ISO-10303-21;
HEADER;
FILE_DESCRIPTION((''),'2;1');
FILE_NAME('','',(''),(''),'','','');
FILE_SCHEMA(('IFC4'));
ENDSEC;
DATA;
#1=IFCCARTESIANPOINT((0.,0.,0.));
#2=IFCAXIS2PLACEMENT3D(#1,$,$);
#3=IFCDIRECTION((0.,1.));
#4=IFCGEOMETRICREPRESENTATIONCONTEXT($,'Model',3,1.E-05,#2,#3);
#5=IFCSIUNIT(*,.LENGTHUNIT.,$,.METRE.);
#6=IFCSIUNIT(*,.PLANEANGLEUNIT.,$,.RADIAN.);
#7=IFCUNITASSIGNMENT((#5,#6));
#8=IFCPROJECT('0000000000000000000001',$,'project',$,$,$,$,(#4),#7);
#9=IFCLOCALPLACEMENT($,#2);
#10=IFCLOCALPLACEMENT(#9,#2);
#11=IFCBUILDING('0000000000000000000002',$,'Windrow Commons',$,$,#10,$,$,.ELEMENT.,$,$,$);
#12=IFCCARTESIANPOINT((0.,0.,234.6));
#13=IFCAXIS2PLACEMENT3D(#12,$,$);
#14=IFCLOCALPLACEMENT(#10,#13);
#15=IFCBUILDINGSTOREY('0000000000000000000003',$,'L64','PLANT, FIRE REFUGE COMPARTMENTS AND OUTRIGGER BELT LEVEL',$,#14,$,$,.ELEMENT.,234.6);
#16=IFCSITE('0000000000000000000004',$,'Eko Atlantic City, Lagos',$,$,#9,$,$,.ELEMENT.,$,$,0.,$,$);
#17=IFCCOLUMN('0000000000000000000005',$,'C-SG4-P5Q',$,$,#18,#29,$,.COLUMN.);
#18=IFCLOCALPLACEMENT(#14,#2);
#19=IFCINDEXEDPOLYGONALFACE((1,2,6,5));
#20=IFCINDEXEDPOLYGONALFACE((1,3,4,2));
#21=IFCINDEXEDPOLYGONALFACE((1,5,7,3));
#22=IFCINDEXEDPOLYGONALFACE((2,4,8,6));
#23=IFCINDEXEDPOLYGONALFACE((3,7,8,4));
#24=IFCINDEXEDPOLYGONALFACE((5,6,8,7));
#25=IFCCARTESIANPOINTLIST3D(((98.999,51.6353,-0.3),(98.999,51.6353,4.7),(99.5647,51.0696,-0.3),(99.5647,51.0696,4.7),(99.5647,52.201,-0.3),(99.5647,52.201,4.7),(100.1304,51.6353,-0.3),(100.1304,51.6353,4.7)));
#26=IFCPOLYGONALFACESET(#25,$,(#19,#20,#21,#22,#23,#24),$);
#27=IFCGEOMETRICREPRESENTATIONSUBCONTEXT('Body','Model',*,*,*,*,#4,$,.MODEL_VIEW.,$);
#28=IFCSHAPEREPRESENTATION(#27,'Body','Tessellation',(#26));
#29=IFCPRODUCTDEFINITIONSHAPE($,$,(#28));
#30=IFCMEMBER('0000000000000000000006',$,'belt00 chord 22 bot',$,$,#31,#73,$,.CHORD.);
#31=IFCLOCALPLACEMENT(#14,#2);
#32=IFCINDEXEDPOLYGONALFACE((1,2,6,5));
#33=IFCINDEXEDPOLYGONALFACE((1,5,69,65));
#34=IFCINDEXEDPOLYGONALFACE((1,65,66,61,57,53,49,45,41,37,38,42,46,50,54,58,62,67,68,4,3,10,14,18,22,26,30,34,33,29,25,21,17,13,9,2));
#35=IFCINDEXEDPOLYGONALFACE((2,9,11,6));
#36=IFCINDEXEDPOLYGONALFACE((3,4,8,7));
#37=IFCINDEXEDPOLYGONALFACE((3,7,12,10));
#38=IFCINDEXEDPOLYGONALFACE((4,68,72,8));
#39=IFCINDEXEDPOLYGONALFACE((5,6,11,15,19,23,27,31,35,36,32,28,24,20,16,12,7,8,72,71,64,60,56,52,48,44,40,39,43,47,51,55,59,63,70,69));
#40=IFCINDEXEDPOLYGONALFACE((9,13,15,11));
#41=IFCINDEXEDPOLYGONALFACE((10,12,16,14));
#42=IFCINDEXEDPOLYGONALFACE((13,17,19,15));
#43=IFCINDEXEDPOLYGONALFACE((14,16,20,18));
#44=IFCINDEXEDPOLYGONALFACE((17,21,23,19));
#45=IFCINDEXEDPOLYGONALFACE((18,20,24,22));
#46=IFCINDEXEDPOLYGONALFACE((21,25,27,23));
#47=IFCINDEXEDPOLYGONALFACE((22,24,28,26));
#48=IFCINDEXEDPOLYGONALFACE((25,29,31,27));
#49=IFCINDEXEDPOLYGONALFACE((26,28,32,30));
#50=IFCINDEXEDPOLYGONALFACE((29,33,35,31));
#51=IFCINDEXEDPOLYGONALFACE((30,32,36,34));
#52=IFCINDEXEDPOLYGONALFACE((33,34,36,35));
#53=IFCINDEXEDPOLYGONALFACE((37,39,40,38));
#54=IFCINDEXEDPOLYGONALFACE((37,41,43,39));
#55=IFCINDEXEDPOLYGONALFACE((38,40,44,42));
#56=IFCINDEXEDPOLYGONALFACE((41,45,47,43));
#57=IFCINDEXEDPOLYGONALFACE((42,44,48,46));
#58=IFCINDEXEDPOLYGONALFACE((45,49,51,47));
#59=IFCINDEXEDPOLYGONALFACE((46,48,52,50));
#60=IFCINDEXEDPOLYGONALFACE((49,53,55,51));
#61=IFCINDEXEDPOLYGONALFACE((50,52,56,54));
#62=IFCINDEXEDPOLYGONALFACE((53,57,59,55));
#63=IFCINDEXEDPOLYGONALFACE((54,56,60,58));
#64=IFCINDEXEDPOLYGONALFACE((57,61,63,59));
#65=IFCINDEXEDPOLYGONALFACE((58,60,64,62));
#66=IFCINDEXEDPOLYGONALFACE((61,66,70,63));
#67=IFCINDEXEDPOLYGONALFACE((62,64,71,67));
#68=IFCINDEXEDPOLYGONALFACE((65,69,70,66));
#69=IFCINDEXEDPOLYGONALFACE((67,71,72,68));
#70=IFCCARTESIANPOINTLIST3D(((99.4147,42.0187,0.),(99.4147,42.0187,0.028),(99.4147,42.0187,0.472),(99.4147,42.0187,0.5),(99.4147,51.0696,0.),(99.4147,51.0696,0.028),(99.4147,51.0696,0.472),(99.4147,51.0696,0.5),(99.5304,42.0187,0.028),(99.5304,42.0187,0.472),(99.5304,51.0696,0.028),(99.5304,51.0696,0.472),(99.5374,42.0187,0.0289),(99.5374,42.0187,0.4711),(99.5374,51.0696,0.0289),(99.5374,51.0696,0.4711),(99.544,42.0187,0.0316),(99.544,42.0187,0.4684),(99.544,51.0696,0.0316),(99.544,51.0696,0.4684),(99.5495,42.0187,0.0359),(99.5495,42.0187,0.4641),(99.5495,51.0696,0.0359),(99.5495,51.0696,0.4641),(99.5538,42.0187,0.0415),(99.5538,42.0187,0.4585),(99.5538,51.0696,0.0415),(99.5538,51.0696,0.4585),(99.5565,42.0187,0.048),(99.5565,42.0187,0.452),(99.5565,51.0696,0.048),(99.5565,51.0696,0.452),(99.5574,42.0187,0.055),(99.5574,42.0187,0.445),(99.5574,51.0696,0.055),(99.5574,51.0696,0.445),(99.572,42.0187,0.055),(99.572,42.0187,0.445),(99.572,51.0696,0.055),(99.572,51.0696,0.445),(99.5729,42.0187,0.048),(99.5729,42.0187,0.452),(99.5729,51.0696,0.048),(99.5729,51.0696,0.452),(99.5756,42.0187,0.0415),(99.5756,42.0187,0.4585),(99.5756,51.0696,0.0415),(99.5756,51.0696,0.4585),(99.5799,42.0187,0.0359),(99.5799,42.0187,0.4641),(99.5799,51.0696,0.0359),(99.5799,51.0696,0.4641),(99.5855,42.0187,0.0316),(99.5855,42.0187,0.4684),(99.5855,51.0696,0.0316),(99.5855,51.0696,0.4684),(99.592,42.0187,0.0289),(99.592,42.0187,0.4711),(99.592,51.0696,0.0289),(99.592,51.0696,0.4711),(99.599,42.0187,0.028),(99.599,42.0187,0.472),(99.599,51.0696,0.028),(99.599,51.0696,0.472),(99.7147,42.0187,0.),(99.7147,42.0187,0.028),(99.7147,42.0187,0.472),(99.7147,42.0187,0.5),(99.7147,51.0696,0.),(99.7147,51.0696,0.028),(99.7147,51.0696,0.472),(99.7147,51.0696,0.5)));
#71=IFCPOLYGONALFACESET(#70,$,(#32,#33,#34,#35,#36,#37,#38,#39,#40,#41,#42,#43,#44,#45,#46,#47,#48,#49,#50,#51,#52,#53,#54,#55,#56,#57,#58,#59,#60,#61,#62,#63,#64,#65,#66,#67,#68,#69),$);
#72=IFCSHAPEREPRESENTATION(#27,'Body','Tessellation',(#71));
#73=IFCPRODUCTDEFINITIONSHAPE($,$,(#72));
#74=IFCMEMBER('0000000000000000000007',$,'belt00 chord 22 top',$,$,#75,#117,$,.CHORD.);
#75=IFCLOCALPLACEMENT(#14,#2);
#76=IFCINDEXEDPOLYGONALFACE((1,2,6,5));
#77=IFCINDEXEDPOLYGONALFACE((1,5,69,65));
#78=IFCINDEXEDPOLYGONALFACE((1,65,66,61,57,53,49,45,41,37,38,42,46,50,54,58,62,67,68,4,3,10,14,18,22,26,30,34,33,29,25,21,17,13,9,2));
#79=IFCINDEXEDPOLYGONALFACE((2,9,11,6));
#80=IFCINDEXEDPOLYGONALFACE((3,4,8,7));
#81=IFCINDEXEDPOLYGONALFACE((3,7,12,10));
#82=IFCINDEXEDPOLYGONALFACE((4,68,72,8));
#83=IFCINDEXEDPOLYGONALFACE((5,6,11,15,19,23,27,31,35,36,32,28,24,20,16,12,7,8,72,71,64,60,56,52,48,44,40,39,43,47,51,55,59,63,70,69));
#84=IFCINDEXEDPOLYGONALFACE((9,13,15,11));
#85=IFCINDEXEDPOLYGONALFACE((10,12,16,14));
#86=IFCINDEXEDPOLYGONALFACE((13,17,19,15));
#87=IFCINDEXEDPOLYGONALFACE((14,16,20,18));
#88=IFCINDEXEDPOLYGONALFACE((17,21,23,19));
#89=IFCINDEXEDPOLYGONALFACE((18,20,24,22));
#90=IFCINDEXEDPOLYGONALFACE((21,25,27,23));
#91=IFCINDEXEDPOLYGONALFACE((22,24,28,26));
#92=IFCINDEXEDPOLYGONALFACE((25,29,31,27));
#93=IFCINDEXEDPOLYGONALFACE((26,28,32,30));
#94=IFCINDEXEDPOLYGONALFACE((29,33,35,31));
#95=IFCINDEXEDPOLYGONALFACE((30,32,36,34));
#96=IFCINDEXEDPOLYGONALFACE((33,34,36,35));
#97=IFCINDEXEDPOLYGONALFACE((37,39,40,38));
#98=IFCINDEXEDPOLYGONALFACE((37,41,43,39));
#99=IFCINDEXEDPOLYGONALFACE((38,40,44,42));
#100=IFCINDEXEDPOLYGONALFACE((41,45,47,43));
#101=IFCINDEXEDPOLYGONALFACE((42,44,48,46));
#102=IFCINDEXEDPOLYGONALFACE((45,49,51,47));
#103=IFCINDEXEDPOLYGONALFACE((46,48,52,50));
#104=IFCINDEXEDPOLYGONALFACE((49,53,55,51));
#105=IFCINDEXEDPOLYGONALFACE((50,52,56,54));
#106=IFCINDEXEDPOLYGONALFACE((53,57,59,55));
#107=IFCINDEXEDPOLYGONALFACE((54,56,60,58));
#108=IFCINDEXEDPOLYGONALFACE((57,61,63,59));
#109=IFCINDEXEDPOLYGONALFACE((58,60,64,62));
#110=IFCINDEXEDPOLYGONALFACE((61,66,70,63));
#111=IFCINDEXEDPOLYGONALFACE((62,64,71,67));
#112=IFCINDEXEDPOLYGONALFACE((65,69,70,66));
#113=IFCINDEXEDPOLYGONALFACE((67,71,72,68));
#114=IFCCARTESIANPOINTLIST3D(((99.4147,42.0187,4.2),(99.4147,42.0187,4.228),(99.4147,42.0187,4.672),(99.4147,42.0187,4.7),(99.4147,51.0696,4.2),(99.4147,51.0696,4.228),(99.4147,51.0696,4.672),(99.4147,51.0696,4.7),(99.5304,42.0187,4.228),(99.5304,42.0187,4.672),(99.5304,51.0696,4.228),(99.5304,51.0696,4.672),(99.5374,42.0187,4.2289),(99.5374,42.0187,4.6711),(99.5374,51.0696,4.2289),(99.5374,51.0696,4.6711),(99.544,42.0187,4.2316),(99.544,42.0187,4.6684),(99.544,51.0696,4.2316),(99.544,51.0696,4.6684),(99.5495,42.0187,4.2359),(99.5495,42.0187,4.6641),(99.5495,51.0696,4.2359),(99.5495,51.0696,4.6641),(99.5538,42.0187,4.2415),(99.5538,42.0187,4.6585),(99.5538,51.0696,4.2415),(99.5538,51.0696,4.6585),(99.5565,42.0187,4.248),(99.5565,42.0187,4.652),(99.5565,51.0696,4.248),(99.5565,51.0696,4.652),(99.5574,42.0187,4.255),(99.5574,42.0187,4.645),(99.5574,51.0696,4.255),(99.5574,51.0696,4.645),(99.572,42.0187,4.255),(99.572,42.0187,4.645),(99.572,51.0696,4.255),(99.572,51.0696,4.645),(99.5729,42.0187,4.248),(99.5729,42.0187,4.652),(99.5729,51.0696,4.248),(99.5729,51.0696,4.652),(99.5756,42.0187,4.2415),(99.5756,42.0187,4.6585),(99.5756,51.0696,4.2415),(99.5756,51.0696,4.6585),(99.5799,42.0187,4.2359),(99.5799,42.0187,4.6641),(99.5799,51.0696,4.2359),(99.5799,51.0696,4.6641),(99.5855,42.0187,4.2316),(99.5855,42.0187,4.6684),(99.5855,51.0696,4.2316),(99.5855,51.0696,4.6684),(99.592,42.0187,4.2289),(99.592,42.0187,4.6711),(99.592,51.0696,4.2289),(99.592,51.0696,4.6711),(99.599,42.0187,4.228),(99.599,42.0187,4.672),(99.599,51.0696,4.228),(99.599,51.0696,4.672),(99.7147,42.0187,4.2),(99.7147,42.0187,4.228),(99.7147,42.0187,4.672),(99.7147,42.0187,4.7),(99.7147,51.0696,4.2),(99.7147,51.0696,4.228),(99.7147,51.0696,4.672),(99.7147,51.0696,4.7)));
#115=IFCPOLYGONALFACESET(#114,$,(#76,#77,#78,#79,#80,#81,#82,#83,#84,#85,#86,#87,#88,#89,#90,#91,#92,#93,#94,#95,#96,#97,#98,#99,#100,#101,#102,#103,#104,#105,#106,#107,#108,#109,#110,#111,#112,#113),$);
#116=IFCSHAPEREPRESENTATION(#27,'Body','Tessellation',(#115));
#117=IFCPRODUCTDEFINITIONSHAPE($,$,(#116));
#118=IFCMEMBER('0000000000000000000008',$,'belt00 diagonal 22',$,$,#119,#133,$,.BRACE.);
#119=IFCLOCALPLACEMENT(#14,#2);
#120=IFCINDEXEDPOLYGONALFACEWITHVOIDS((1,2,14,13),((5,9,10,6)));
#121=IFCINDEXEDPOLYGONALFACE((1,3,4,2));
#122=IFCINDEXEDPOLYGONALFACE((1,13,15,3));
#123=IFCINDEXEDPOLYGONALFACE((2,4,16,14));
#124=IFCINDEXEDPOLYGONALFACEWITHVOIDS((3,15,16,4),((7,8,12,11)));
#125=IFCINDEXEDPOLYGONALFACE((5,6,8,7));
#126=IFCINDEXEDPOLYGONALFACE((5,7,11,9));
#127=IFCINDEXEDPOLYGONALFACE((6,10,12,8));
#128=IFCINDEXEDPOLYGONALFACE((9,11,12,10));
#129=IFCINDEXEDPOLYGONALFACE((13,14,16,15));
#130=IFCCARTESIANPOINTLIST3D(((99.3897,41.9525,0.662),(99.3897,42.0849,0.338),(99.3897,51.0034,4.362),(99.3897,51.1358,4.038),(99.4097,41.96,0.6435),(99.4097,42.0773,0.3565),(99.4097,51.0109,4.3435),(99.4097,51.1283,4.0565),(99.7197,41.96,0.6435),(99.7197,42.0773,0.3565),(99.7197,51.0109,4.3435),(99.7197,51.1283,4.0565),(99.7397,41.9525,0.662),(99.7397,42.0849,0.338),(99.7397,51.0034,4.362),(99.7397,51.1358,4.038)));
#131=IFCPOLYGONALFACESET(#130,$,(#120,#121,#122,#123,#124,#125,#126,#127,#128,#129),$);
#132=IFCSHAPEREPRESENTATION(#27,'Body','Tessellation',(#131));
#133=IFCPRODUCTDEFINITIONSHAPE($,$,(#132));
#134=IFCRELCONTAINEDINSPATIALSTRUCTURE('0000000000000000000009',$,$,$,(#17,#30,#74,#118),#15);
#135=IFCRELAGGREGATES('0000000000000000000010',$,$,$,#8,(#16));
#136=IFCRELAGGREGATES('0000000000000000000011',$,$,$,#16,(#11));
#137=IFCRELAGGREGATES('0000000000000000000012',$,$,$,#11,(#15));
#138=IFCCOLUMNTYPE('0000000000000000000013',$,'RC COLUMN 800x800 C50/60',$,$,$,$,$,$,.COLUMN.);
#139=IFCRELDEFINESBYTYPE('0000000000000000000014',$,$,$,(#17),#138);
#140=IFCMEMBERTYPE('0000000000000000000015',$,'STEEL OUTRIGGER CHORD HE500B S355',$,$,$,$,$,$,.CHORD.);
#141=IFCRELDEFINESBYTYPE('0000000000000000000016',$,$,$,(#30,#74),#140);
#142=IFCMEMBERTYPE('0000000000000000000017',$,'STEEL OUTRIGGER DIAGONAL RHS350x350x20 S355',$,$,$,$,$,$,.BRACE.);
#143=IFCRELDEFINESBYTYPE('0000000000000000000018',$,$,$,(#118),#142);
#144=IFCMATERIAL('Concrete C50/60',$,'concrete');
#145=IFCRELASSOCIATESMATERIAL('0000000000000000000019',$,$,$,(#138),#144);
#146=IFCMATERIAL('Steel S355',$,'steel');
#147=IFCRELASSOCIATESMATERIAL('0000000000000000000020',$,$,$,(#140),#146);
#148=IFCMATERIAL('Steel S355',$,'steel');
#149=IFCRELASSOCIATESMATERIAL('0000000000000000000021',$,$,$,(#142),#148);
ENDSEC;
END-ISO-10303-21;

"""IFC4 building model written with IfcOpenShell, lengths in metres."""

from ifc_helpers import new_model, si_unit, direction, frame, origin, origin_2d, place, context, subcontext, project, spatial, rectangle, hollow_rectangle, i_section, extrude, material, material_profile, profile_set, type_object, element, save


model = new_model("IFC4")

# Units and contexts
model_context = context("Model", 3, precision=1e-05, world=origin(), true_north=direction((0.0, 1.0)))
body_context = subcontext(model_context, "Body", "Model", "MODEL_VIEW")
ifc_project = project(units=[si_unit("LENGTHUNIT", "METRE"), si_unit("PLANEANGLEUNIT", "RADIAN")], contexts=[model_context])

# Site, building, storey
site_placement = place(None, origin())
site = spatial("IfcSite", under=ifc_project, at=site_placement, Name="Eko Atlantic City, Lagos", CompositionType="ELEMENT", RefElevation=0.0)
building_placement = place(site_placement, origin())
building = spatial("IfcBuilding", under=site, at=building_placement, Name="Windrow Commons", CompositionType="ELEMENT")
storey_placement = place(building_placement, frame((0.0, 0.0, 234.6)))
storey = spatial("IfcBuildingStorey", under=building, at=storey_placement, Name="L64", Description="PLANT, FIRE REFUGE COMPARTMENTS AND OUTRIGGER BELT LEVEL", CompositionType="ELEMENT", Elevation=234.6)

# Column
ifc_material_1 = material(Name="Concrete C50/60", Category="concrete")
ifc_material_profile_1 = material_profile(ifc_material_1, rectangle(XDim=0.8, YDim=0.8, at=origin_2d()))
ifc_profile_set_1 = profile_set([ifc_material_profile_1], Name="Concrete C50/60")
column_type = type_object("IfcColumnType", Name="RC COLUMN 800x800 C50/60", PredefinedType="COLUMN", material=ifc_profile_set_1)
column_placement = place(storey_placement, frame((99.5647, 51.6353, -0.3), z_axis=(0.0, 0.0, 1.0), x_axis=(0.707107, -0.707107, 0.0)))
element("IfcColumn", 1, at=column_placement, inside=storey, type_object=column_type, Name="C-SG4-P5Q", PredefinedType="COLUMN", context=body_context, shape_type="SweptSolid", body=[
    extrude(rectangle(XDim=0.8, YDim=0.8, at=origin_2d()), origin(), (0.0, 0.0, 1.0), 5.0),
])

# Members
ifc_material_2 = material(Name="Steel S355", Category="steel")
ifc_material_profile_2 = material_profile(ifc_material_2, i_section(OverallWidth=0.3, OverallDepth=0.5, WebThickness=0.0145, FlangeThickness=0.028, FilletRadius=0.027, at=origin_2d()))
ifc_profile_set_2 = profile_set([ifc_material_profile_2], Name="Steel S355")
member_type_1 = type_object("IfcMemberType", Name="STEEL OUTRIGGER CHORD HE500B S355", PredefinedType="CHORD", material=ifc_profile_set_2)
for number, where, z_axis, x_axis, name in (
    (2, (99.5647, 51.0696, 0.25), (0.0, -1.0, 0.0), (1.0, 0.0, 0.0), "belt00 chord 22 bot"),
    (3, (99.5647, 51.0696, 4.45), (0.0, -1.0, 0.0), (1.0, 0.0, 0.0), "belt00 chord 22 top"),
):
    element("IfcMember", number, at=place(storey_placement, frame(where, z_axis=z_axis, x_axis=x_axis)), inside=storey, type_object=member_type_1, Name=name, PredefinedType="CHORD", context=body_context, shape_type="SweptSolid", body=[
        extrude(i_section(OverallWidth=0.3, OverallDepth=0.5, WebThickness=0.0145, FlangeThickness=0.028, FilletRadius=0.027, at=origin_2d()), origin(), (0.0, 0.0, 1.0), 9.0509),
    ])
ifc_material_3 = material(Name="Steel S355", Category="steel")
ifc_material_profile_3 = material_profile(ifc_material_3, hollow_rectangle(XDim=0.35, YDim=0.35, WallThickness=0.02, at=origin_2d()))
ifc_profile_set_3 = profile_set([ifc_material_profile_3], Name="Steel S355")
member_type_2 = type_object("IfcMemberType", Name="STEEL OUTRIGGER DIAGONAL RHS350x350x20 S355", PredefinedType="BRACE", material=ifc_profile_set_3)
member_placement = place(storey_placement, frame((99.5647, 51.0696, 4.2), z_axis=(0.0, -0.925642, -0.378401), x_axis=(1.0, 0.0, 0.0)))
element("IfcMember", 4, at=member_placement, inside=storey, type_object=member_type_2, Name="belt00 diagonal 22", PredefinedType="BRACE", context=body_context, shape_type="SweptSolid", body=[
    extrude(hollow_rectangle(XDim=0.35, YDim=0.35, WallThickness=0.02, at=origin_2d()), origin(), (0.0, 0.0, 1.0), 9.778),
])

save(model, "model.ifc")
